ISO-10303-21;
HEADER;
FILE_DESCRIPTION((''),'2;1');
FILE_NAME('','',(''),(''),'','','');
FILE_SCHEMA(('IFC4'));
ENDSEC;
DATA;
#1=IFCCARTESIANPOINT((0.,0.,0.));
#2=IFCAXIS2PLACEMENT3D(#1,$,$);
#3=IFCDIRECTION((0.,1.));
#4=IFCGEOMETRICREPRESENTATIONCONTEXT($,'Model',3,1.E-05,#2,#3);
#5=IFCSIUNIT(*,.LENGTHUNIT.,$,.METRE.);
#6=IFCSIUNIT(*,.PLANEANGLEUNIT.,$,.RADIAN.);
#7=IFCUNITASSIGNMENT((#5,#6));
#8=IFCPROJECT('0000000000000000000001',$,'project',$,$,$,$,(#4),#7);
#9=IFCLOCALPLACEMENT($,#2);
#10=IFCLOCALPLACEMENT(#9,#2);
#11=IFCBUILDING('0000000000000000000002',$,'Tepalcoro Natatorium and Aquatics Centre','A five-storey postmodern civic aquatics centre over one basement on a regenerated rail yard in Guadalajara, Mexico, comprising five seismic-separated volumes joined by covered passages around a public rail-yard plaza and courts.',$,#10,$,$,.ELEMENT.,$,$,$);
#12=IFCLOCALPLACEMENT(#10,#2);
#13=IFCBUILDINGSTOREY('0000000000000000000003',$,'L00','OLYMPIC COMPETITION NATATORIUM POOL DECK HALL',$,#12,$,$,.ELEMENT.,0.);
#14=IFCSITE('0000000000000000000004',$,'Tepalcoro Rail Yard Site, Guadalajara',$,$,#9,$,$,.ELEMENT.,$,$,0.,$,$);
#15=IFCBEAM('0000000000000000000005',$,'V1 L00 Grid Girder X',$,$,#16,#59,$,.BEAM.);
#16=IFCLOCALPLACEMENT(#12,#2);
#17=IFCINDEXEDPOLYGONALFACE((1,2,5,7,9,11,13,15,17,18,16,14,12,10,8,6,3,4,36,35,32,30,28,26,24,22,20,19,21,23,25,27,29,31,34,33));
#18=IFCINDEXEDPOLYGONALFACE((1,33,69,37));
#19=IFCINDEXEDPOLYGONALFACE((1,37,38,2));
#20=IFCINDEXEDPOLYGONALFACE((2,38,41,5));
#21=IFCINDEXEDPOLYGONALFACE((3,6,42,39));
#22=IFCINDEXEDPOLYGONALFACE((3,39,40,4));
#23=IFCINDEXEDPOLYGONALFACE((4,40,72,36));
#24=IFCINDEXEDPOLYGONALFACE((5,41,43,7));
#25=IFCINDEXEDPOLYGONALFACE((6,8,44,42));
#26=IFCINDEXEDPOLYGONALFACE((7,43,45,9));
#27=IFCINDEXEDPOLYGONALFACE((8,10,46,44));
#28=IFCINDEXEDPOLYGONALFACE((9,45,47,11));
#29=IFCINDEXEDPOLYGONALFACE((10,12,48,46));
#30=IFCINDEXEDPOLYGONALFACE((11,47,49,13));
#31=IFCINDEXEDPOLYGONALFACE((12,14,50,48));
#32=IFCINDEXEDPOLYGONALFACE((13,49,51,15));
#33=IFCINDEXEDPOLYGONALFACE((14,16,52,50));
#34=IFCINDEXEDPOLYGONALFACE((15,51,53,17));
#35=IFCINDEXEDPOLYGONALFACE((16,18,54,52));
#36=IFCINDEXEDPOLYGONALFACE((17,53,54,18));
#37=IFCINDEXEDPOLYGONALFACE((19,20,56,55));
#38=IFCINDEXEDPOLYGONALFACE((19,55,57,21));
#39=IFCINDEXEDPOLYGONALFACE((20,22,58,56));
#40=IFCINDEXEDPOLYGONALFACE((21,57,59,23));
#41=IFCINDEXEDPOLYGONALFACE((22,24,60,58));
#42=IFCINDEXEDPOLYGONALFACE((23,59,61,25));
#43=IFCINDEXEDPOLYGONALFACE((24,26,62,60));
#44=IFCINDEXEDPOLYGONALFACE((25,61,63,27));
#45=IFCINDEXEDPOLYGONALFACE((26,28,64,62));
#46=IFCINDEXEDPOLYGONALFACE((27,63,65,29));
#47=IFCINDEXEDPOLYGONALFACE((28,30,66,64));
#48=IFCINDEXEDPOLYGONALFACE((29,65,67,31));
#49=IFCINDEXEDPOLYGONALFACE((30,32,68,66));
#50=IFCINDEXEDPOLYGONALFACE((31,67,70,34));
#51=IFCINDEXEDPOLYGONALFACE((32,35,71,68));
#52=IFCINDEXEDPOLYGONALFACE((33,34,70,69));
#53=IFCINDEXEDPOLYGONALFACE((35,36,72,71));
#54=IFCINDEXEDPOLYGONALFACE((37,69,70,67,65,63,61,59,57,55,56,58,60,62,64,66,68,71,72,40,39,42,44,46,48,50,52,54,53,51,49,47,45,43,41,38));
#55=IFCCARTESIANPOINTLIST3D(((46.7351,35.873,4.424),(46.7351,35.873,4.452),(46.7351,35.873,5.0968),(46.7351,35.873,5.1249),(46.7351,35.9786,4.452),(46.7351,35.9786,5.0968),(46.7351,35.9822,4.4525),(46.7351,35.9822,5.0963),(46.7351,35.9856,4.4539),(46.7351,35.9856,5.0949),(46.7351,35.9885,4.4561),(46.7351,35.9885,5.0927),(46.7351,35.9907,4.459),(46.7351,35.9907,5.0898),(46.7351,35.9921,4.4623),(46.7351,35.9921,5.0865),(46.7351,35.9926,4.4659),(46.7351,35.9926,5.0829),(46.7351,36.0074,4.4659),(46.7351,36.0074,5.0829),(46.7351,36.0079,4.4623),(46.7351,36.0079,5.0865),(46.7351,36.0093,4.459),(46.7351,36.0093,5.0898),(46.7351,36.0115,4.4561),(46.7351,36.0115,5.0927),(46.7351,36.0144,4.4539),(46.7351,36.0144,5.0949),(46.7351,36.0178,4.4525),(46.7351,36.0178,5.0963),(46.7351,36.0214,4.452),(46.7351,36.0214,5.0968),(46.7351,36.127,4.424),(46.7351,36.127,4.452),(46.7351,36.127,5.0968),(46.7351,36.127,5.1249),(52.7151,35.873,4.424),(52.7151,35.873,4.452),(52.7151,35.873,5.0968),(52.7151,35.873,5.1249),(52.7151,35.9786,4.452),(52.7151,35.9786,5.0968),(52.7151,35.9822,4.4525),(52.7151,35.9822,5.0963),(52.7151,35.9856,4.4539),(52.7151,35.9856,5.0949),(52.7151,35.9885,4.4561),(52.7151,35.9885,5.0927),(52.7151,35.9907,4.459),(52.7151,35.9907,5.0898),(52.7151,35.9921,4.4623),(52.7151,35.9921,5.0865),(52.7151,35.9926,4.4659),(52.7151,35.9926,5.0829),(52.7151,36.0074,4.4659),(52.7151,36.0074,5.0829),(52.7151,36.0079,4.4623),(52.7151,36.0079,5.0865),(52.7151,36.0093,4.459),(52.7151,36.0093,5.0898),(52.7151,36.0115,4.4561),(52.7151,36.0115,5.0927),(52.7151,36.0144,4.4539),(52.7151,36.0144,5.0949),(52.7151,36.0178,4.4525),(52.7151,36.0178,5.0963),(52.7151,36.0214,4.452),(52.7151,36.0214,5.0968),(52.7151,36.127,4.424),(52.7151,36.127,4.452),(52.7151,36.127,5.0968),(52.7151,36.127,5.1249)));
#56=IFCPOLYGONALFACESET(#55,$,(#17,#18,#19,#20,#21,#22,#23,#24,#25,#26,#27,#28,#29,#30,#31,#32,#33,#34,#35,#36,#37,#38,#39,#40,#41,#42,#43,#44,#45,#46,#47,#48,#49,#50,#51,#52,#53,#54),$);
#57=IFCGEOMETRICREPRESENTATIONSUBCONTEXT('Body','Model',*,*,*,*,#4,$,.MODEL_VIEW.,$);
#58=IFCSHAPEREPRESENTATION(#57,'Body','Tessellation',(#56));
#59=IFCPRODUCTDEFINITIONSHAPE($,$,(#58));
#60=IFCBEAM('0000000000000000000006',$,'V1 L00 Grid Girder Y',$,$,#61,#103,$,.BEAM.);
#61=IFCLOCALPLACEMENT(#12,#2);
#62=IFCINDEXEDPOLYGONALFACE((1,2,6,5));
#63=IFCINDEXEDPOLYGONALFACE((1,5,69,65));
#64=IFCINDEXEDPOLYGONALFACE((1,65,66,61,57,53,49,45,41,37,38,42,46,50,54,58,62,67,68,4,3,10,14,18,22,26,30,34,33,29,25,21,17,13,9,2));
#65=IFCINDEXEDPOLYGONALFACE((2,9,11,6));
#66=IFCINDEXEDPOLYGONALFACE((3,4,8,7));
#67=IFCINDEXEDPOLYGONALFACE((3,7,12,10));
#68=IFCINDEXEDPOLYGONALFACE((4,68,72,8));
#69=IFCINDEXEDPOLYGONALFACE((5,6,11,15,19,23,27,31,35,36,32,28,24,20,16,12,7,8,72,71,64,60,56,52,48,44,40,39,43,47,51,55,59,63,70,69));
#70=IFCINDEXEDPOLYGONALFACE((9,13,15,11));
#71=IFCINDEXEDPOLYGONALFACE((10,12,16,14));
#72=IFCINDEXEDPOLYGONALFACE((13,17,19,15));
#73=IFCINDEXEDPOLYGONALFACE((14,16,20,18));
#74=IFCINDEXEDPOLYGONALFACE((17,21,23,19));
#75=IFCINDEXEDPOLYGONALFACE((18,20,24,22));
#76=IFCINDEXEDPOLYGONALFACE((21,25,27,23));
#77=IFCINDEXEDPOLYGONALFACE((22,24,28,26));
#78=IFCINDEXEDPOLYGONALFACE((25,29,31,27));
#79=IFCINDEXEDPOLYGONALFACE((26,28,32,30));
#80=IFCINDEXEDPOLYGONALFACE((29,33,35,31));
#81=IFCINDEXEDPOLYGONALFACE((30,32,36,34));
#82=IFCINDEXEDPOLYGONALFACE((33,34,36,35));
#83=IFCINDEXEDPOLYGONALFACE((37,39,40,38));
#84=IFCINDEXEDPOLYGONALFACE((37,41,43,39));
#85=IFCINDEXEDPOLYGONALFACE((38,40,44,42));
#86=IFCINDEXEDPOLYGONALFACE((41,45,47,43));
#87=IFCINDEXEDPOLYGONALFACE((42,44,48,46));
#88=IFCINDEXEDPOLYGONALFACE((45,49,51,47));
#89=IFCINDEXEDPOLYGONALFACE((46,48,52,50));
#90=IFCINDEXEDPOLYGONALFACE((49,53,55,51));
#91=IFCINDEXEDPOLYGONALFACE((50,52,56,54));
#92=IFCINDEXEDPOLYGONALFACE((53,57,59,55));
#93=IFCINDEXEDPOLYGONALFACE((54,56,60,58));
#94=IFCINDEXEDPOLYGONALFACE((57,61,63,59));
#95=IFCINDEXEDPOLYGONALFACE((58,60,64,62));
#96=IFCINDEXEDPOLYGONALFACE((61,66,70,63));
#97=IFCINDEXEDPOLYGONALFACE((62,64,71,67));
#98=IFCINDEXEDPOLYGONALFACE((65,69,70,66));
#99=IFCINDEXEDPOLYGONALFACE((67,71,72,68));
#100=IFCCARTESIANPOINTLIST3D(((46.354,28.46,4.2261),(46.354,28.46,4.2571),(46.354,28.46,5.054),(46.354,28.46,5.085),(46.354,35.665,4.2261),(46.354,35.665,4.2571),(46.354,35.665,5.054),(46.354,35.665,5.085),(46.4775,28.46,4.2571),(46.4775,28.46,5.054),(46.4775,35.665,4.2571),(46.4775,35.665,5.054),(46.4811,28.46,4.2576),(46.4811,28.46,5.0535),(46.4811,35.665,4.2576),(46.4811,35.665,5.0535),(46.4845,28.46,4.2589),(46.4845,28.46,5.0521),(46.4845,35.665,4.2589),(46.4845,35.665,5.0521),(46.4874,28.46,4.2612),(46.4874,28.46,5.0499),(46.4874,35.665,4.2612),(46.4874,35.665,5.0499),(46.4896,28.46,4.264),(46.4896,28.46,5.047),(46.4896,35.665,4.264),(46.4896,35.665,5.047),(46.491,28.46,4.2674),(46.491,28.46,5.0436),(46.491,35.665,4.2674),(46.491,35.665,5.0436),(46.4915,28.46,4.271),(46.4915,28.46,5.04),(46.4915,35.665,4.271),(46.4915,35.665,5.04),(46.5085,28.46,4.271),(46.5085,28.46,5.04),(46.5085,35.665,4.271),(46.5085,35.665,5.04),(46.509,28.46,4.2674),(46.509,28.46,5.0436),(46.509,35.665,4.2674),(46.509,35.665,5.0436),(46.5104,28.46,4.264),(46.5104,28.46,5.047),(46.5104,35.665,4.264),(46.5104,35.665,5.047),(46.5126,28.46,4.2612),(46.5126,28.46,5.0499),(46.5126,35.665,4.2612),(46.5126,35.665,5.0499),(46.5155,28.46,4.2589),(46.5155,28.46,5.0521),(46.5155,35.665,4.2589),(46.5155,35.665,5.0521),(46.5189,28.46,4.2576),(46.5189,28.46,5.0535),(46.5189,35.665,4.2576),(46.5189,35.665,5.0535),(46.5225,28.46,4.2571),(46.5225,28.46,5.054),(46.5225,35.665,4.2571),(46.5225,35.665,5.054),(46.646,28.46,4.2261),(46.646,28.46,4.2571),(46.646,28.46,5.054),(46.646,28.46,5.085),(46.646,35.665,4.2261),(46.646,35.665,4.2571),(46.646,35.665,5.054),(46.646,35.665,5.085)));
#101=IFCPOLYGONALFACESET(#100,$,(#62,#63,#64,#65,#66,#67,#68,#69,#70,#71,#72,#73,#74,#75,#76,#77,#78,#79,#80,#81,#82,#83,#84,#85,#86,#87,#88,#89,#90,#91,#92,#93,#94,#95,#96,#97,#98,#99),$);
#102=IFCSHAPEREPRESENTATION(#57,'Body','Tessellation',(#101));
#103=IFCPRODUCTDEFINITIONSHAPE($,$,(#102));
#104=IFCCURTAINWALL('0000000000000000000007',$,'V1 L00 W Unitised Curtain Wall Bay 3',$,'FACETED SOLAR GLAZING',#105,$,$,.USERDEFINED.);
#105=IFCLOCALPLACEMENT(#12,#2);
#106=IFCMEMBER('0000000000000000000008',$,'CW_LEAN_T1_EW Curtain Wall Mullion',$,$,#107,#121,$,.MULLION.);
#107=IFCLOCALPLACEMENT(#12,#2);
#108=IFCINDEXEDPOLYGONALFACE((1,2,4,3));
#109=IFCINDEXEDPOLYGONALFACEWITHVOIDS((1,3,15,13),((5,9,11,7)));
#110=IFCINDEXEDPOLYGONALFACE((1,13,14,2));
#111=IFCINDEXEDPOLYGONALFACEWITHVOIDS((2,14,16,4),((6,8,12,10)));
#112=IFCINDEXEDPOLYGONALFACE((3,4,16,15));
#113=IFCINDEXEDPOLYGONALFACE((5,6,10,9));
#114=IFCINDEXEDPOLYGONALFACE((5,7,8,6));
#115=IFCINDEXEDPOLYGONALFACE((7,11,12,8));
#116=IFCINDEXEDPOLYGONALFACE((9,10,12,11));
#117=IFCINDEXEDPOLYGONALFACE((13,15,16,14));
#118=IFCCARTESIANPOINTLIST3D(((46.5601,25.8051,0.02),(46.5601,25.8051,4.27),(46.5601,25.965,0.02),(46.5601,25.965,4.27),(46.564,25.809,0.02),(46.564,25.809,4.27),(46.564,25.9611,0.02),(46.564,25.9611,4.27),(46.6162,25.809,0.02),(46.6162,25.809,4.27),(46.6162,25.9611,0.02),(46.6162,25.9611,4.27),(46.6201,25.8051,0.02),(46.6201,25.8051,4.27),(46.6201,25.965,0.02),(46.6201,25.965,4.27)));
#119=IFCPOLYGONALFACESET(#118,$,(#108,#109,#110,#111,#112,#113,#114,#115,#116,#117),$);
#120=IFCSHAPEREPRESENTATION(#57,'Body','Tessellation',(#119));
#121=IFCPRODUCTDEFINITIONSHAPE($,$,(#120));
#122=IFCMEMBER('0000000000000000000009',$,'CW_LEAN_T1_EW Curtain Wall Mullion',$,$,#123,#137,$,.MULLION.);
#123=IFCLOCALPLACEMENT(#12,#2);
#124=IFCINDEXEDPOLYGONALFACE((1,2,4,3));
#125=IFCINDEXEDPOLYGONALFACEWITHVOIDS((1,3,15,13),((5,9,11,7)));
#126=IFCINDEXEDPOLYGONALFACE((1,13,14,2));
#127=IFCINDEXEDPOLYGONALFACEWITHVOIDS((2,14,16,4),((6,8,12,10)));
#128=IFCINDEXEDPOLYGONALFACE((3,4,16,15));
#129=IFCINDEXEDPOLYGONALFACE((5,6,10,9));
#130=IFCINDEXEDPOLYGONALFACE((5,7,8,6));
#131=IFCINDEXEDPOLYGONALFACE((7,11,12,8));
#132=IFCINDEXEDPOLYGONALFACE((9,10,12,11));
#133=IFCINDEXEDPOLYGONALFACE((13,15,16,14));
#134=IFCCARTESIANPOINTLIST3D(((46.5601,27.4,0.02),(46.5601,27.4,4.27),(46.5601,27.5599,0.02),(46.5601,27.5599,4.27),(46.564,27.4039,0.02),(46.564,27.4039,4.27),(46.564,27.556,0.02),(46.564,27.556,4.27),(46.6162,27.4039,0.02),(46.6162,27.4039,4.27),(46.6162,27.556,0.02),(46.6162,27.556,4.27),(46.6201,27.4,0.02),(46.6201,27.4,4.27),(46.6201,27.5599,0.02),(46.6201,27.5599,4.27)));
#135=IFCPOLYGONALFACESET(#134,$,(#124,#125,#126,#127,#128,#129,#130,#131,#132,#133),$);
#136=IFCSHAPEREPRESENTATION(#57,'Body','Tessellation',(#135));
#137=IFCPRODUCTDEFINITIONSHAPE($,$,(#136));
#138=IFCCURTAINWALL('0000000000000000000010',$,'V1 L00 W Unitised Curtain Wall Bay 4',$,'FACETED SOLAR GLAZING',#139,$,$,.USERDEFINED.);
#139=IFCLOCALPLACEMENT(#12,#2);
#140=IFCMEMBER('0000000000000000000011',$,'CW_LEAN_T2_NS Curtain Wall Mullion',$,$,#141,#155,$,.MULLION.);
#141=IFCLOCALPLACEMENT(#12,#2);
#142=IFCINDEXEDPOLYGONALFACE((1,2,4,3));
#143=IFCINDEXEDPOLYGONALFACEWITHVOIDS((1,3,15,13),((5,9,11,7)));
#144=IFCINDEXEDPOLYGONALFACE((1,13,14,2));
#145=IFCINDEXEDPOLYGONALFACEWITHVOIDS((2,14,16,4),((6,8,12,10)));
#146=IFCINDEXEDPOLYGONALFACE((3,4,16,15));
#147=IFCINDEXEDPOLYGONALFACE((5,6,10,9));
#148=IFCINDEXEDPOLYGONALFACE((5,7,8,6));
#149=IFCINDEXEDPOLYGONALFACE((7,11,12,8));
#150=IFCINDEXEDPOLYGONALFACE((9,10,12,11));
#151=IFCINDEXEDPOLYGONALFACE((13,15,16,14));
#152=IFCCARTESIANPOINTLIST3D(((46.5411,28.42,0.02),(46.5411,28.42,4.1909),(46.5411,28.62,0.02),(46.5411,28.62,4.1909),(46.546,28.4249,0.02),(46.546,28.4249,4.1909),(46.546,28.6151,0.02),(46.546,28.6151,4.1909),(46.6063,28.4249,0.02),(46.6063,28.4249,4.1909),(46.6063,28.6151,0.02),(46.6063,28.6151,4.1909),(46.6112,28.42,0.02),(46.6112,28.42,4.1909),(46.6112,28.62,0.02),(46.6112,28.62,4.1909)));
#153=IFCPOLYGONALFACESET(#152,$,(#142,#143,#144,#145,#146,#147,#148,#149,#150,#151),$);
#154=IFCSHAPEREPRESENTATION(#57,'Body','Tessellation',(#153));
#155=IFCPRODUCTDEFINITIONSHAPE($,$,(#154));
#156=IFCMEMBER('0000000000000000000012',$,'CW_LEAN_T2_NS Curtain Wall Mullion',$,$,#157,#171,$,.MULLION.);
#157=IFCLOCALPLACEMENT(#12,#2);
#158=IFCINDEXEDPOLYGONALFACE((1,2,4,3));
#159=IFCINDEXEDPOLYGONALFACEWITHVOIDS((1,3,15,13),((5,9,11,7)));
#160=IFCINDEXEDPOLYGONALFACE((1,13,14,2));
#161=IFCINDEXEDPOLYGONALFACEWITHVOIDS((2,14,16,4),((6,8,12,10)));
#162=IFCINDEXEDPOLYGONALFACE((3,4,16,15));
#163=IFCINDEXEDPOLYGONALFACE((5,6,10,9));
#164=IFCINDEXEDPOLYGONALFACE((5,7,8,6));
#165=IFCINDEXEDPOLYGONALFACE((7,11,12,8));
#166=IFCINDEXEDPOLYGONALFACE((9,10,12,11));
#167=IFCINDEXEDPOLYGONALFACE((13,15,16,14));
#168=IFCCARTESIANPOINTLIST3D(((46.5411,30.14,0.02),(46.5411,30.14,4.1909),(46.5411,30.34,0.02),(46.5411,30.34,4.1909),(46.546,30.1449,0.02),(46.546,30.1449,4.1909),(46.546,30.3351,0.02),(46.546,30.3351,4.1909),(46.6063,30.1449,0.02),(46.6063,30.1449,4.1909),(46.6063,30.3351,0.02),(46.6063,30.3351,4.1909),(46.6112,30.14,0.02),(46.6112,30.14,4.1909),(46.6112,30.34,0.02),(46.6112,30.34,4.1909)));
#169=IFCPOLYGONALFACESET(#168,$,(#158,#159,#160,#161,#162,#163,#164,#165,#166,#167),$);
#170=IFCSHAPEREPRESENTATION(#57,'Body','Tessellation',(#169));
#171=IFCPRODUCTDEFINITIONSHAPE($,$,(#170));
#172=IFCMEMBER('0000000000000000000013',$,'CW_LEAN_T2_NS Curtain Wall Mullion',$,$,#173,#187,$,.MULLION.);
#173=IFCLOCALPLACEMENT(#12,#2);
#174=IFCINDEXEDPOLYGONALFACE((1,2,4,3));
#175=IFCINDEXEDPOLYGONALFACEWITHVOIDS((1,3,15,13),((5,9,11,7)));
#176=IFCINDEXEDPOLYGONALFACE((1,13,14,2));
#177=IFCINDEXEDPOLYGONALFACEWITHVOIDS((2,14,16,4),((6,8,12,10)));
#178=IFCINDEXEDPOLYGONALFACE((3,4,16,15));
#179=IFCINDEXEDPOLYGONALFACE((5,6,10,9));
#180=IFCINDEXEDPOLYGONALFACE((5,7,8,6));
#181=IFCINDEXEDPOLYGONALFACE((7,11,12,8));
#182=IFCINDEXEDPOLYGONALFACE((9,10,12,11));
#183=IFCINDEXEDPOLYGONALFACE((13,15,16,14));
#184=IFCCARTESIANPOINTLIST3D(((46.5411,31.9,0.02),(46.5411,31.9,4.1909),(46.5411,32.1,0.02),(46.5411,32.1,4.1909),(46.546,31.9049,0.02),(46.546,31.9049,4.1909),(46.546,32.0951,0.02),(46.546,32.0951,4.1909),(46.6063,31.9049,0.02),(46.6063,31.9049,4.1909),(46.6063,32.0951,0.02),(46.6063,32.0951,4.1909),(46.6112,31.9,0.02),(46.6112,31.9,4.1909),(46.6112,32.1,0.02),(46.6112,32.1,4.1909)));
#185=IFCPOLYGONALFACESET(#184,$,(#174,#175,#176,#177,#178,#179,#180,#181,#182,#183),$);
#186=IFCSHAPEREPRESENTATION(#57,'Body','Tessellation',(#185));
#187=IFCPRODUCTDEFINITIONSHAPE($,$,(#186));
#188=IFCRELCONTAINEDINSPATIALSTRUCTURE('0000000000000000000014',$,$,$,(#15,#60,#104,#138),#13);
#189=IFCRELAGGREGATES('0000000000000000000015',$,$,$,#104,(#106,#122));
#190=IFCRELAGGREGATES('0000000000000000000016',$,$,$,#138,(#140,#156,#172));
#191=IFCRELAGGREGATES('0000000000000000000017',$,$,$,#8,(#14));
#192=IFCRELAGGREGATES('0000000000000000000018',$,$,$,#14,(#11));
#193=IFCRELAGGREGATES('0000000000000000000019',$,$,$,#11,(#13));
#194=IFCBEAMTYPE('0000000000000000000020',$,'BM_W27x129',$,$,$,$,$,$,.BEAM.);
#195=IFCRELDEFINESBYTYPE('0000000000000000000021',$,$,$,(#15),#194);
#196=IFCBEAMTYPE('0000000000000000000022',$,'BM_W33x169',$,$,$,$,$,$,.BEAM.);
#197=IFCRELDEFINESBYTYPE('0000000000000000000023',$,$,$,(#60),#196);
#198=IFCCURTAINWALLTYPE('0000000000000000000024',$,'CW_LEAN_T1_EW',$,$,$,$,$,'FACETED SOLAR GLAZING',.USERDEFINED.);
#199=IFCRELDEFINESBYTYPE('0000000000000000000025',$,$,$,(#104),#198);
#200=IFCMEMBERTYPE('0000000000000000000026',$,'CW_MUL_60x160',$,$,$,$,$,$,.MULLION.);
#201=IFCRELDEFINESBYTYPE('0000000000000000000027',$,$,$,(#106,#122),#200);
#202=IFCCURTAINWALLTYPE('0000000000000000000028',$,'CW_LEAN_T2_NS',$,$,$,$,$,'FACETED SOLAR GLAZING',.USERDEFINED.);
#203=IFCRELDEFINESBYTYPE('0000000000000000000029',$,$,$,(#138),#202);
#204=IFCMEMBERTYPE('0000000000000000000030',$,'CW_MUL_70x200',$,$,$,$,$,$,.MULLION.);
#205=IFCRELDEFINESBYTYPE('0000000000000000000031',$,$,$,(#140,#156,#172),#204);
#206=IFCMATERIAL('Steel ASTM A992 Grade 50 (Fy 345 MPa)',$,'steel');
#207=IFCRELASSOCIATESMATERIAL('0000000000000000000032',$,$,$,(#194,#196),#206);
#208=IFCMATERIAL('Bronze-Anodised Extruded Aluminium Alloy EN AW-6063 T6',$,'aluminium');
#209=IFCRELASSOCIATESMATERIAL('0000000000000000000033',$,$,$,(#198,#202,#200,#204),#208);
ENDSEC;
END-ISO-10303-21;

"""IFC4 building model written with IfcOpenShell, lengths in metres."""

from ifc_helpers import new_model, si_unit, direction, frame, origin, origin_2d, place, context, subcontext, project, spatial, hollow_rectangle, i_section, extrude, material, material_profile, profile_set, type_object, element, aggregate, save


model = new_model("IFC4")

# Units and contexts
model_context = context("Model", 3, precision=1e-05, world=origin(), true_north=direction((0.0, 1.0)))
body_context = subcontext(model_context, "Body", "Model", "MODEL_VIEW")
ifc_project = project(units=[si_unit("LENGTHUNIT", "METRE"), si_unit("PLANEANGLEUNIT", "RADIAN")], contexts=[model_context])

# Site, building, storey
site_placement = place(None, origin())
site = spatial("IfcSite", under=ifc_project, at=site_placement, Name="Tepalcoro Rail Yard Site, Guadalajara", CompositionType="ELEMENT", RefElevation=0.0)
building_placement = place(site_placement, origin())
building = spatial("IfcBuilding", under=site, at=building_placement, Name="Tepalcoro Natatorium and Aquatics Centre", Description="A five-storey postmodern civic aquatics centre over one basement on a regenerated rail yard in Guadalajara, Mexico, comprising five seismic-separated volumes joined by covered passages around a public rail-yard plaza and courts.", CompositionType="ELEMENT")
storey_placement = place(building_placement, origin())
storey = spatial("IfcBuildingStorey", under=building, at=storey_placement, Name="L00", Description="OLYMPIC COMPETITION NATATORIUM POOL DECK HALL", CompositionType="ELEMENT", Elevation=0.0)

# Beams
ifc_material_1 = material(Name="Steel ASTM A992 Grade 50 (Fy 345 MPa)", Category="steel")
ifc_material_profile_1 = material_profile(ifc_material_1, i_section(OverallWidth=0.2539, OverallDepth=0.7009, WebThickness=0.0149, FlangeThickness=0.0281, FilletRadius=0.0139, at=origin_2d()), Name="W27X129")
ifc_profile_set_1 = profile_set([ifc_material_profile_1], Name="Steel ASTM A992 Grade 50 (Fy 345 MPa)")
beam_type_1 = type_object("IfcBeamType", Name="BM_W27x129", PredefinedType="BEAM", material=ifc_profile_set_1)
beam_1_placement = place(storey_placement, frame((46.7351, 36.0, 4.7744), z_axis=(1.0, 0.0, 0.0), x_axis=(0.0, 1.0, 0.0)))
element("IfcBeam", 1, at=beam_1_placement, inside=storey, type_object=beam_type_1, Name="V1 L00 Grid Girder X", PredefinedType="BEAM", context=body_context, shape_type="SweptSolid", body=[
    extrude(i_section(OverallWidth=0.2539, OverallDepth=0.7009, WebThickness=0.0149, FlangeThickness=0.0281, FilletRadius=0.0139, at=origin_2d()), origin(), (0.0, 0.0, 1.0), 5.98),
])
ifc_material_profile_2 = material_profile(ifc_material_1, i_section(OverallWidth=0.292, OverallDepth=0.8589, WebThickness=0.0171, FlangeThickness=0.031, FilletRadius=0.0139, at=origin_2d()), Name="W33X169")
ifc_profile_set_2 = profile_set([ifc_material_profile_2], Name="Steel ASTM A992 Grade 50 (Fy 345 MPa)")
beam_type_2 = type_object("IfcBeamType", Name="BM_W33x169", PredefinedType="BEAM", material=ifc_profile_set_2)
beam_2_placement = place(storey_placement, frame((46.5, 28.46, 4.6555), z_axis=(0.0, 1.0, 0.0), x_axis=(-1.0, 0.0, 0.0)))
element("IfcBeam", 2, at=beam_2_placement, inside=storey, type_object=beam_type_2, Name="V1 L00 Grid Girder Y", PredefinedType="BEAM", context=body_context, shape_type="SweptSolid", body=[
    extrude(i_section(OverallWidth=0.292, OverallDepth=0.8589, WebThickness=0.0171, FlangeThickness=0.031, FilletRadius=0.0139, at=origin_2d()), origin(), (0.0, 0.0, 1.0), 7.2051),
])

# Curtain walls, members
ifc_material_2 = material(Name="Bronze-Anodised Extruded Aluminium Alloy EN AW-6063 T6", Category="aluminium")
curtain_wall_type_1 = type_object("IfcCurtainWallType", Name="CW_LEAN_T1_EW", ElementType="FACETED SOLAR GLAZING", PredefinedType="USERDEFINED", material=ifc_material_2)
curtain_wall_1_placement = place(storey_placement, origin())
curtain_wall_1 = element("IfcCurtainWall", 3, at=curtain_wall_1_placement, inside=storey, type_object=curtain_wall_type_1, Name="V1 L00 W Unitised Curtain Wall Bay 3", ObjectType="FACETED SOLAR GLAZING", PredefinedType="USERDEFINED")
ifc_material_profile_3 = material_profile(ifc_material_2, hollow_rectangle(XDim=0.0601, YDim=0.1599, WallThickness=0.0039, at=origin_2d()), Name="AL60X160X4")
ifc_profile_set_3 = profile_set([ifc_material_profile_3], Name="Bronze-Anodised Extruded Aluminium Alloy EN AW-6063 T6")
member_type_1 = type_object("IfcMemberType", Name="CW_MUL_60x160", PredefinedType="MULLION", material=ifc_profile_set_3)
member_1_placement = place(storey_placement, frame((46.5901, 25.885, 0.02), z_axis=(0.0, 0.0, 1.0), x_axis=(1.0, 0.0, 0.0)))
member_1 = element("IfcMember", 4, at=member_1_placement, type_object=member_type_1, Name="CW_LEAN_T1_EW Curtain Wall Mullion", PredefinedType="MULLION", context=body_context, shape_type="SweptSolid", body=[
    extrude(hollow_rectangle(XDim=0.0601, YDim=0.1599, WallThickness=0.0039, at=origin_2d()), origin(), (0.0, 0.0, 1.0), 4.25),
])
member_2_placement = place(storey_placement, frame((46.5901, 27.48, 0.02), z_axis=(0.0, 0.0, 1.0), x_axis=(1.0, 0.0, 0.0)))
member_2 = element("IfcMember", 5, at=member_2_placement, type_object=member_type_1, Name="CW_LEAN_T1_EW Curtain Wall Mullion", PredefinedType="MULLION", context=body_context, shape_type="SweptSolid", body=[
    extrude(hollow_rectangle(XDim=0.0601, YDim=0.1599, WallThickness=0.0039, at=origin_2d()), origin(), (0.0, 0.0, 1.0), 4.25),
])
curtain_wall_type_2 = type_object("IfcCurtainWallType", Name="CW_LEAN_T2_NS", ElementType="FACETED SOLAR GLAZING", PredefinedType="USERDEFINED", material=ifc_material_2)
curtain_wall_2_placement = place(storey_placement, origin())
curtain_wall_2 = element("IfcCurtainWall", 6, at=curtain_wall_2_placement, inside=storey, type_object=curtain_wall_type_2, Name="V1 L00 W Unitised Curtain Wall Bay 4", ObjectType="FACETED SOLAR GLAZING", PredefinedType="USERDEFINED")
ifc_material_profile_4 = material_profile(ifc_material_2, hollow_rectangle(XDim=0.0701, YDim=0.2, WallThickness=0.0049, at=origin_2d()), Name="AL70X200X5")
ifc_profile_set_4 = profile_set([ifc_material_profile_4], Name="Bronze-Anodised Extruded Aluminium Alloy EN AW-6063 T6")
member_type_2 = type_object("IfcMemberType", Name="CW_MUL_70x200", PredefinedType="MULLION", material=ifc_profile_set_4)
member_3_placement = place(storey_placement, frame((46.5762, 28.52, 0.02), z_axis=(0.0, 0.0, 1.0), x_axis=(1.0, 0.0, 0.0)))
member_3 = element("IfcMember", 7, at=member_3_placement, type_object=member_type_2, Name="CW_LEAN_T2_NS Curtain Wall Mullion", PredefinedType="MULLION", context=body_context, shape_type="SweptSolid", body=[
    extrude(hollow_rectangle(XDim=0.0701, YDim=0.2, WallThickness=0.0049, at=origin_2d()), origin(), (0.0, 0.0, 1.0), 4.1709),
])
member_4_placement = place(storey_placement, frame((46.5762, 30.24, 0.02), z_axis=(0.0, 0.0, 1.0), x_axis=(1.0, 0.0, 0.0)))
member_4 = element("IfcMember", 8, at=member_4_placement, type_object=member_type_2, Name="CW_LEAN_T2_NS Curtain Wall Mullion", PredefinedType="MULLION", context=body_context, shape_type="SweptSolid", body=[
    extrude(hollow_rectangle(XDim=0.0701, YDim=0.2, WallThickness=0.0049, at=origin_2d()), origin(), (0.0, 0.0, 1.0), 4.1709),
])
member_5_placement = place(storey_placement, frame((46.5762, 32.0, 0.02), z_axis=(0.0, 0.0, 1.0), x_axis=(1.0, 0.0, 0.0)))
member_5 = element("IfcMember", 9, at=member_5_placement, type_object=member_type_2, Name="CW_LEAN_T2_NS Curtain Wall Mullion", PredefinedType="MULLION", context=body_context, shape_type="SweptSolid", body=[
    extrude(hollow_rectangle(XDim=0.0701, YDim=0.2, WallThickness=0.0049, at=origin_2d()), origin(), (0.0, 0.0, 1.0), 4.1709),
])

aggregate(curtain_wall_1, [member_1, member_2])
aggregate(curtain_wall_2, [member_3, member_4, member_5])

save(model, "model.ifc")
